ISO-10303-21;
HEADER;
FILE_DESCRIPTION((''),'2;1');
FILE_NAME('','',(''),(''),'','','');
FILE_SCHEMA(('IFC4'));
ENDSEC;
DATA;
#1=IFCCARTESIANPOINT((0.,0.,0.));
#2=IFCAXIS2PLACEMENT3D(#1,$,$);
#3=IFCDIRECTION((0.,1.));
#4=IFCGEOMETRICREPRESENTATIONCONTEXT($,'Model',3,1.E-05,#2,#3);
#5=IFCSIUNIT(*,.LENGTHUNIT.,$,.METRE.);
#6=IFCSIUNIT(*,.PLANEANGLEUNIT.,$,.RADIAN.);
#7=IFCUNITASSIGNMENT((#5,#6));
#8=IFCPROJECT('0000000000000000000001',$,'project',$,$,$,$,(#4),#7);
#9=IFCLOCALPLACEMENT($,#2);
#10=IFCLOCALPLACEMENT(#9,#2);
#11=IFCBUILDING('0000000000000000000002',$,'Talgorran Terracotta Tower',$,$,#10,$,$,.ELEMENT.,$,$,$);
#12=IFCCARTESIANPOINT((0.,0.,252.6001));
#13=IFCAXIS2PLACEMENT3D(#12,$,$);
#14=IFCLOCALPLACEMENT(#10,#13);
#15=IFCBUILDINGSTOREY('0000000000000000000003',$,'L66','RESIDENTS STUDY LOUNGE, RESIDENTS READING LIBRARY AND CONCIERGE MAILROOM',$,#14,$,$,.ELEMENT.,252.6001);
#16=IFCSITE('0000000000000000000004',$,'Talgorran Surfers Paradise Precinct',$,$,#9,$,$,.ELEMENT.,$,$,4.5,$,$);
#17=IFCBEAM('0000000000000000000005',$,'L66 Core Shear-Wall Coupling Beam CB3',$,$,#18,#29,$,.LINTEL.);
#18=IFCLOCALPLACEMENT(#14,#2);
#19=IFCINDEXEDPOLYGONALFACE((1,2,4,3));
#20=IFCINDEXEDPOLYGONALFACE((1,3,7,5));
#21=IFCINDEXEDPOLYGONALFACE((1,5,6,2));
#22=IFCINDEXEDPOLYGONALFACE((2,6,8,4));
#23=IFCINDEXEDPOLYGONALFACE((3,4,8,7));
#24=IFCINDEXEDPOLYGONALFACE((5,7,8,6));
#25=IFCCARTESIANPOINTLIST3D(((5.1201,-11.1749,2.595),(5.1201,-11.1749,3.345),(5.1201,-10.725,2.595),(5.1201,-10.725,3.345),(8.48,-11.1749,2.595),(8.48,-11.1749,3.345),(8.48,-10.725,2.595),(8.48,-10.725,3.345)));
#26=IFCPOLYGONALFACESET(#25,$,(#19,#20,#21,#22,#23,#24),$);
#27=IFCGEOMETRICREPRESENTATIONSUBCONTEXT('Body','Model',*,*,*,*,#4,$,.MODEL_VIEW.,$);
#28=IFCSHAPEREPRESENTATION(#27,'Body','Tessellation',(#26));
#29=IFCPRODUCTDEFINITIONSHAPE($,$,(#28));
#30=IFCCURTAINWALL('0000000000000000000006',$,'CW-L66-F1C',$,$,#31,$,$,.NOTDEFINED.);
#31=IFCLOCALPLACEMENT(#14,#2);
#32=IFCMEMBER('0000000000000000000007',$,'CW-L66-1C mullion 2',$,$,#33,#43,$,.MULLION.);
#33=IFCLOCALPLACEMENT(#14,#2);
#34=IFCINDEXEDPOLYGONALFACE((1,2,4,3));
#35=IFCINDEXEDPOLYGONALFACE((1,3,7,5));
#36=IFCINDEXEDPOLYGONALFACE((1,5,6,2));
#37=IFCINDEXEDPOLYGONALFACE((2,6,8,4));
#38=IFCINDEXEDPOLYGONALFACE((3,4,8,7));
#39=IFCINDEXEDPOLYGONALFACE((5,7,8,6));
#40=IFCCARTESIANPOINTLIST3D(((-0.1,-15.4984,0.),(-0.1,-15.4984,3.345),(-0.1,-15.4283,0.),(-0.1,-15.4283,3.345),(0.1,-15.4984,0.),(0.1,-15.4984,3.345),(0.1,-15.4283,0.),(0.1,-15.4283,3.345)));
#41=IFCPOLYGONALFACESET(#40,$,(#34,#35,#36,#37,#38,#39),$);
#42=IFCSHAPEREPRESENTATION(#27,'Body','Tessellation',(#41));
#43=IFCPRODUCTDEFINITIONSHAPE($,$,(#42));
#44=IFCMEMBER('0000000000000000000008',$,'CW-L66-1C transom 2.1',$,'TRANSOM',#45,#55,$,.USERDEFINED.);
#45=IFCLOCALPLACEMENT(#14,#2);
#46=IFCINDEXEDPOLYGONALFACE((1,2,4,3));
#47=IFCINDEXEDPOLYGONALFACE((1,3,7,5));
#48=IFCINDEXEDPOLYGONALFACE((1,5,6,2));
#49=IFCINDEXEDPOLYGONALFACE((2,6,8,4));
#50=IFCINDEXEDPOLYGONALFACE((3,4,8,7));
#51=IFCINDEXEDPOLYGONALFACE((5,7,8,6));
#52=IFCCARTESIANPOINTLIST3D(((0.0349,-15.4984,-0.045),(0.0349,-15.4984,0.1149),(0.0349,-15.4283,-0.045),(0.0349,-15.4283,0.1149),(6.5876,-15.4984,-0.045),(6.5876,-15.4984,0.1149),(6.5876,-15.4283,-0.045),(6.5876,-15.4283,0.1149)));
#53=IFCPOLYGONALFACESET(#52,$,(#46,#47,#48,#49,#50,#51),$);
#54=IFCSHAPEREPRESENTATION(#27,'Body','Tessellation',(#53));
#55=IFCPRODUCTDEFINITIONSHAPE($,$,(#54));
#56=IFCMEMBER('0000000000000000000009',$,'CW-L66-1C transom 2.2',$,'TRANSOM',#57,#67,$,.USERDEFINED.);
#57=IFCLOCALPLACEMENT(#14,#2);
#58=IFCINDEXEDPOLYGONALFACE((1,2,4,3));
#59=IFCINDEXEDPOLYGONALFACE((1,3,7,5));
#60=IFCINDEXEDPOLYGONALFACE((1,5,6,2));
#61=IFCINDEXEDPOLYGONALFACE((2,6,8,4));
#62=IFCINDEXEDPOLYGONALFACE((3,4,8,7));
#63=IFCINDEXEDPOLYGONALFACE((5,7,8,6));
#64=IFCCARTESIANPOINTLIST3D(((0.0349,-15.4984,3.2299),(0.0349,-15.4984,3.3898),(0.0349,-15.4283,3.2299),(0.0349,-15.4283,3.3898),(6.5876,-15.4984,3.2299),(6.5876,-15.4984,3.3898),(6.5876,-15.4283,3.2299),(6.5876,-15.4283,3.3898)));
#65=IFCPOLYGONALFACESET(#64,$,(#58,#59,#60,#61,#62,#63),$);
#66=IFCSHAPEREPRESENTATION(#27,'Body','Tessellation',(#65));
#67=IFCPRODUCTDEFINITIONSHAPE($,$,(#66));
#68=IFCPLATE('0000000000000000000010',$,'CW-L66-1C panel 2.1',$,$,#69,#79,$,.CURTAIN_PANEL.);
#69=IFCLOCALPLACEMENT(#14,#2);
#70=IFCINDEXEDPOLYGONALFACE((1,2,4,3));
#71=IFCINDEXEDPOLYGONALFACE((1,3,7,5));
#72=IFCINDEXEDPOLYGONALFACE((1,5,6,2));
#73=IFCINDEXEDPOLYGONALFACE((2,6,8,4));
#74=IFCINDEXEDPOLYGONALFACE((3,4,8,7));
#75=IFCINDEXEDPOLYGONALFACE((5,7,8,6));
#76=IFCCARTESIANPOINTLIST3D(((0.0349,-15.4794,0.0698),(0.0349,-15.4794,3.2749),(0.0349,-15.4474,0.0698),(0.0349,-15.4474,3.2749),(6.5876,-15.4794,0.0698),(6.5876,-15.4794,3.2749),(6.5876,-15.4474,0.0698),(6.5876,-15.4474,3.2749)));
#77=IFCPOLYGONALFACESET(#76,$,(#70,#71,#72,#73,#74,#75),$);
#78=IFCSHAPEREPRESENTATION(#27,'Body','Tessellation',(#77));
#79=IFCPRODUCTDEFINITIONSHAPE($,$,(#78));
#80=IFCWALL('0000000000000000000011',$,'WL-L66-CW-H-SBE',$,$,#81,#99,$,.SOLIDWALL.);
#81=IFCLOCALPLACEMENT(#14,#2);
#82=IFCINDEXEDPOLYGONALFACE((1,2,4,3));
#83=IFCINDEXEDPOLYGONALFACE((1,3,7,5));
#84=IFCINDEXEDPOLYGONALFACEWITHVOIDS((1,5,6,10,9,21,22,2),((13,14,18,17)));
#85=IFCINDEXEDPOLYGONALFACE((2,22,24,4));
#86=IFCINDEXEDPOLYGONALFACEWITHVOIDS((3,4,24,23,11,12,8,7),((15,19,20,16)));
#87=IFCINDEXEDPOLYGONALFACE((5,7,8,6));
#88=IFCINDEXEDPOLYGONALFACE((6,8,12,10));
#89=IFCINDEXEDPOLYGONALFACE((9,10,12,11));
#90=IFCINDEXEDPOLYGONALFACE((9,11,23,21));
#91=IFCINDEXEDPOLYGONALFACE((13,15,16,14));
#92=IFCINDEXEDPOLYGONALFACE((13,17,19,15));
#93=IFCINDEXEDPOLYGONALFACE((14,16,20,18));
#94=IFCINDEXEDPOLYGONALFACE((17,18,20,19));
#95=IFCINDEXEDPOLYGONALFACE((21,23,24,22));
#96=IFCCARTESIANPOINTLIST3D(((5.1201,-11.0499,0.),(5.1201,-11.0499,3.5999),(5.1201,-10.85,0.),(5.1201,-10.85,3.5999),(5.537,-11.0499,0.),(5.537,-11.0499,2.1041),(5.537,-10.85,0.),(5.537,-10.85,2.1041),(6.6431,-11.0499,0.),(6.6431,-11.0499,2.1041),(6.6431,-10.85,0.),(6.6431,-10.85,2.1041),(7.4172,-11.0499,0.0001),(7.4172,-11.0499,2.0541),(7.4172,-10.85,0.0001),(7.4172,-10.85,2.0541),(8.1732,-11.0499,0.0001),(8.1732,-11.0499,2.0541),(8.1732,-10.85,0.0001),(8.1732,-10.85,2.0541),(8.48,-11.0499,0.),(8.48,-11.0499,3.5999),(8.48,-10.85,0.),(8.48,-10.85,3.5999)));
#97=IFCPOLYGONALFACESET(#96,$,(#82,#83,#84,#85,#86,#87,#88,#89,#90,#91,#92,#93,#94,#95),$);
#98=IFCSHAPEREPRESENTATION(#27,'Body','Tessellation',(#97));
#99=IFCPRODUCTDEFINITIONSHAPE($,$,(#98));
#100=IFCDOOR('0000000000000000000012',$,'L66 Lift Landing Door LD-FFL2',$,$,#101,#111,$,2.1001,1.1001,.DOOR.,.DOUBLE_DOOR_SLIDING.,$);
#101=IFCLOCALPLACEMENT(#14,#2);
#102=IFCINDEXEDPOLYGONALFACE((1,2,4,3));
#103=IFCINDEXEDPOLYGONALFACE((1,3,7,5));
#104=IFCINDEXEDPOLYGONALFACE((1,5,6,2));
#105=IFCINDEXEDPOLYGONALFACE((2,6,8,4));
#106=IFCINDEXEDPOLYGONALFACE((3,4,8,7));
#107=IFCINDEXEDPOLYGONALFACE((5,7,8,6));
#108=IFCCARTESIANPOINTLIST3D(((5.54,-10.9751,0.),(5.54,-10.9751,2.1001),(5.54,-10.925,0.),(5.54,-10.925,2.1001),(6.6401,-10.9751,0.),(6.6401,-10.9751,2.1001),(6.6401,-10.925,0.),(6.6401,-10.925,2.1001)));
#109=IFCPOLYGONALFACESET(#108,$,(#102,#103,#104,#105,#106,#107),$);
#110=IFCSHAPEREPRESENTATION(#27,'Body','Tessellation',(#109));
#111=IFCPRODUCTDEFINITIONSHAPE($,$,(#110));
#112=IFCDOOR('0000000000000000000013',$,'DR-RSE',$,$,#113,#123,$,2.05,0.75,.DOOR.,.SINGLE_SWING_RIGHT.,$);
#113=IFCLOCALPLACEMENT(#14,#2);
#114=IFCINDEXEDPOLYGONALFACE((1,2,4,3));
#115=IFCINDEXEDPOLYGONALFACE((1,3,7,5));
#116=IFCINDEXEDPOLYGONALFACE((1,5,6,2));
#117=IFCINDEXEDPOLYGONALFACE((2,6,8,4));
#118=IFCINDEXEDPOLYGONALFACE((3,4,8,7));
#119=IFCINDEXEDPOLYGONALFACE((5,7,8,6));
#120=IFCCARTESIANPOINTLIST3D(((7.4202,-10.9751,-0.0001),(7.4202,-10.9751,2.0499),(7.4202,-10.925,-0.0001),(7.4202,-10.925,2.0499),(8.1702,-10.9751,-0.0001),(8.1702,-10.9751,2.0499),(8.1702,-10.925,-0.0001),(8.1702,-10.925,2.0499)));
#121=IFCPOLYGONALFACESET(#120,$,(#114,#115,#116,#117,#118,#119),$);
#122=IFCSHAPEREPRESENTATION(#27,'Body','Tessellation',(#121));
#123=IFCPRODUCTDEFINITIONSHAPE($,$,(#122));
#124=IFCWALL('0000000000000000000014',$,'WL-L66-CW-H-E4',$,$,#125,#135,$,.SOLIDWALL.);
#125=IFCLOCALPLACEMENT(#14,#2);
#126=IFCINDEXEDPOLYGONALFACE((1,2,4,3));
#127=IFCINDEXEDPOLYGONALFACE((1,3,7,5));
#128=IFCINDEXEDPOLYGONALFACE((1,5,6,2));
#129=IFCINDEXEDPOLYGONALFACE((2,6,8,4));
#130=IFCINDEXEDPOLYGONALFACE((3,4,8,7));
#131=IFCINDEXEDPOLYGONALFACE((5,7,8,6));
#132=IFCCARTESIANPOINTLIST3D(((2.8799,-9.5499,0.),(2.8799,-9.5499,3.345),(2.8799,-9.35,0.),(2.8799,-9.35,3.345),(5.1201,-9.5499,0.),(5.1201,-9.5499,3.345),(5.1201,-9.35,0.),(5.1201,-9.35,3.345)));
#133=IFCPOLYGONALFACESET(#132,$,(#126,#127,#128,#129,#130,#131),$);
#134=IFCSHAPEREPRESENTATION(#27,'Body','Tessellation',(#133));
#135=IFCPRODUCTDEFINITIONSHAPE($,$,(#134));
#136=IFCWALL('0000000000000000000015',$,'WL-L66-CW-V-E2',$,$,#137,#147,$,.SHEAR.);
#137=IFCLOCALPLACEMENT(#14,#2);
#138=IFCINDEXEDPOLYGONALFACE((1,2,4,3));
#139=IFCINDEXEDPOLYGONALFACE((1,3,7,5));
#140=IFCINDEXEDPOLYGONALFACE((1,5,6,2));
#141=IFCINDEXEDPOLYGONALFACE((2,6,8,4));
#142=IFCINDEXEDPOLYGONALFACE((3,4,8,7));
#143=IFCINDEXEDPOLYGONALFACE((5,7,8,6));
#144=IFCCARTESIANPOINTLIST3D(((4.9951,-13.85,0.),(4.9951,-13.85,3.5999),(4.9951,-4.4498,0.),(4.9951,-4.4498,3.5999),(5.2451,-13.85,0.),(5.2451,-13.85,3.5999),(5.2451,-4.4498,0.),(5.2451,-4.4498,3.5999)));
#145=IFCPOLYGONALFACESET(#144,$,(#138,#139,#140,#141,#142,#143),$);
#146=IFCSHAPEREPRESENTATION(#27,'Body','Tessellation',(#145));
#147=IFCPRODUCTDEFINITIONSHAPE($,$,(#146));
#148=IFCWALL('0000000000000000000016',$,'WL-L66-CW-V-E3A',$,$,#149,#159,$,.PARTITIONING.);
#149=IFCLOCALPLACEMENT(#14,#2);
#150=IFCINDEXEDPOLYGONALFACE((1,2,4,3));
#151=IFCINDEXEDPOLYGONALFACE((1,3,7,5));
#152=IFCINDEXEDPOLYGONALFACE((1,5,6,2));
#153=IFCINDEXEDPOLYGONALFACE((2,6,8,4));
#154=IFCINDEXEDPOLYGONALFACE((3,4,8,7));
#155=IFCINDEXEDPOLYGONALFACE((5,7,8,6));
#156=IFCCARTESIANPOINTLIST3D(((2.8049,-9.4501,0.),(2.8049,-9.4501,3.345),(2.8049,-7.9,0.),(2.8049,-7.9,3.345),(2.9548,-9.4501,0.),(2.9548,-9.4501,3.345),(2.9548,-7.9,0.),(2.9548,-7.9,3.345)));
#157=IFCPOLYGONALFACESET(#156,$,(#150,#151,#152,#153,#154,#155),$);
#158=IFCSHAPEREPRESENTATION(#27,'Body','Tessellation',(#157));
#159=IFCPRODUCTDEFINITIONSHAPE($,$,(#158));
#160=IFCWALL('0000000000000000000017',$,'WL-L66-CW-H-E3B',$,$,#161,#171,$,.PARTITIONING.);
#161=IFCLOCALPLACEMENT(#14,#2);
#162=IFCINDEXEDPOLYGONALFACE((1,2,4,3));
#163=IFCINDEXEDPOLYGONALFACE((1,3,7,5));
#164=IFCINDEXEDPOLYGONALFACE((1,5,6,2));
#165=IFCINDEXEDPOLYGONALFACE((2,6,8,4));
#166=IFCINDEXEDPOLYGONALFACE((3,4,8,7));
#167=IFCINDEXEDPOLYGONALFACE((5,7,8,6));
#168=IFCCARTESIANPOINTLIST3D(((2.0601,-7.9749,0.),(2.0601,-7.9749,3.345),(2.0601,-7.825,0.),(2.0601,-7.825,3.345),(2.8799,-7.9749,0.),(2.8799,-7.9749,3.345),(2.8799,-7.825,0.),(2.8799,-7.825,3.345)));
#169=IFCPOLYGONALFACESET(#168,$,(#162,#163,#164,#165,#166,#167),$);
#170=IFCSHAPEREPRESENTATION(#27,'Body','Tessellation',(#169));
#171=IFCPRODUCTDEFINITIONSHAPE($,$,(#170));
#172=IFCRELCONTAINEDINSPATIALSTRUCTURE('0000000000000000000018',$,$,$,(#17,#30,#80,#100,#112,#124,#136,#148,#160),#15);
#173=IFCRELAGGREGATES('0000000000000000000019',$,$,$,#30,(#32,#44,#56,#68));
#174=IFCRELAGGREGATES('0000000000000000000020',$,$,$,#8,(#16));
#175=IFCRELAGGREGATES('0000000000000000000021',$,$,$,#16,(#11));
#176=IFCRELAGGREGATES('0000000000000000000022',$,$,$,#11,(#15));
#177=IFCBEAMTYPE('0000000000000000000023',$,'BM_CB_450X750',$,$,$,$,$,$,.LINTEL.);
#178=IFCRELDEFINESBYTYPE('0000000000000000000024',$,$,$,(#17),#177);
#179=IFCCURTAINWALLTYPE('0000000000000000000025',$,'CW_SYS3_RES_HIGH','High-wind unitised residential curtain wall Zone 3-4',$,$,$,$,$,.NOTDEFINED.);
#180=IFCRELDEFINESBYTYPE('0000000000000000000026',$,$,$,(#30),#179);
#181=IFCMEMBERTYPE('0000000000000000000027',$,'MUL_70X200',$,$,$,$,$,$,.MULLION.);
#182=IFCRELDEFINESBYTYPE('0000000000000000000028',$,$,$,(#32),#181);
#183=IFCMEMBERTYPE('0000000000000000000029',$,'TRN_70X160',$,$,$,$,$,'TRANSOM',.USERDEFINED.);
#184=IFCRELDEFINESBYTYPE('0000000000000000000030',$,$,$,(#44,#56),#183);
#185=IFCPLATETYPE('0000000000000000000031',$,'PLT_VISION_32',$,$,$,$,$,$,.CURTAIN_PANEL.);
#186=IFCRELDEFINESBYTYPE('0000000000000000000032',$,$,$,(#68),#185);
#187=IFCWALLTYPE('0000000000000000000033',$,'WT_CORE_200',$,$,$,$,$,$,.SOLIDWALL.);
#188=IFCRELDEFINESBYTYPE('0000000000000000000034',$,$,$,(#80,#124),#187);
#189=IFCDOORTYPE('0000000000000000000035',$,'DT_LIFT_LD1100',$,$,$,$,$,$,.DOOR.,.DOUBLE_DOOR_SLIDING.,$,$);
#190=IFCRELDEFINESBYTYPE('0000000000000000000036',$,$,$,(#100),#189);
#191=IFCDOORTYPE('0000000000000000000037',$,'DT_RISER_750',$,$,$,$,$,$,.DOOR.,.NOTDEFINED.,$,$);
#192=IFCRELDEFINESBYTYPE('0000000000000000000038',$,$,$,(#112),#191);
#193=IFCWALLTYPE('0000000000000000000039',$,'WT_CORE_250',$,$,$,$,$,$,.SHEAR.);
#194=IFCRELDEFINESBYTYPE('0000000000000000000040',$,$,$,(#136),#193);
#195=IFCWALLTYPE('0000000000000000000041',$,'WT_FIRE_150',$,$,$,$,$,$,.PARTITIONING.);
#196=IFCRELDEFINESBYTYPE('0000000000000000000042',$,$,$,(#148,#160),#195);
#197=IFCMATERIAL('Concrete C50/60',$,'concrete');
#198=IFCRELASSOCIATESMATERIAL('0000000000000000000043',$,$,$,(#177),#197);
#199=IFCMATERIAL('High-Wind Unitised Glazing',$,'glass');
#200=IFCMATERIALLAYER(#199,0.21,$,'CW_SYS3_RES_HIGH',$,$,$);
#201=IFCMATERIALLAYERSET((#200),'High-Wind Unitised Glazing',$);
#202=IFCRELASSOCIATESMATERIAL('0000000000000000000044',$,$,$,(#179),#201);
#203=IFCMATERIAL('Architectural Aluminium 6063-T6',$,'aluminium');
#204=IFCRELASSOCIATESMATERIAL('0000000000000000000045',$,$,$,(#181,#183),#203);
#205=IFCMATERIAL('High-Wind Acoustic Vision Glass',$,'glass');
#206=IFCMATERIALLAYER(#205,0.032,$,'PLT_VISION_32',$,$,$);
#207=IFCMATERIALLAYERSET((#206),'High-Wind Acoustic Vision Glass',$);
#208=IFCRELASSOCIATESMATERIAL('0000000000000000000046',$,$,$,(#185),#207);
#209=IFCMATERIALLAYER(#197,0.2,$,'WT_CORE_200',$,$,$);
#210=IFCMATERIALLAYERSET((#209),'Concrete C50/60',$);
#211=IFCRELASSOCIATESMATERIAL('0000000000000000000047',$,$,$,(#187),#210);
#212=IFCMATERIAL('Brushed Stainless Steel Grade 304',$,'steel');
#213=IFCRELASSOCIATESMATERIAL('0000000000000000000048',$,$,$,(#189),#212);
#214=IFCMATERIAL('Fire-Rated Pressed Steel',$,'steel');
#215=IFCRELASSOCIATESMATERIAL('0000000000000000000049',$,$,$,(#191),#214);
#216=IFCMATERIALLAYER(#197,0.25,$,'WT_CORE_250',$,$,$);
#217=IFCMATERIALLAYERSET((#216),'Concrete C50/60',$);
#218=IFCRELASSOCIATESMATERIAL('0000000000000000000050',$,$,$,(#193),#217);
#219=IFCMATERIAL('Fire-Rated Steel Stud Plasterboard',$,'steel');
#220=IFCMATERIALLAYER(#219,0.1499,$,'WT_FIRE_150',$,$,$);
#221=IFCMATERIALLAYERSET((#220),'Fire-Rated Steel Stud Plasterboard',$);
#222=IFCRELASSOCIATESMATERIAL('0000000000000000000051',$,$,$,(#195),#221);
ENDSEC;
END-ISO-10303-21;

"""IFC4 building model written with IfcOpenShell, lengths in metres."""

from ifc_helpers import new_model, si_unit, direction, frame, frame_2d, origin, origin_2d, place, context, subcontext, project, spatial, rectangle, extrude, source, transform, mapped, material, layer, layer_set, material_profile, profile_set, type_object, type_shapes, element, fill, aggregate, save


model = new_model("IFC4")

# Units and contexts
model_context = context("Model", 3, precision=1e-05, world=origin(), true_north=direction((0.0, 1.0)))
body_context = subcontext(model_context, "Body", "Model", "MODEL_VIEW")
ifc_project = project(units=[si_unit("LENGTHUNIT", "METRE"), si_unit("PLANEANGLEUNIT", "RADIAN")], contexts=[model_context])

# Site, building, storey
site_placement = place(None, origin())
site = spatial("IfcSite", under=ifc_project, at=site_placement, Name="Talgorran Surfers Paradise Precinct", CompositionType="ELEMENT", RefElevation=4.5)
building_placement = place(site_placement, origin())
building = spatial("IfcBuilding", under=site, at=building_placement, Name="Talgorran Terracotta Tower", CompositionType="ELEMENT")
storey_placement = place(building_placement, frame((0.0, 0.0, 252.6001)))
storey = spatial("IfcBuildingStorey", under=building, at=storey_placement, Name="L66", Description="RESIDENTS STUDY LOUNGE, RESIDENTS READING LIBRARY AND CONCIERGE MAILROOM", CompositionType="ELEMENT", Elevation=252.6001)

# Beam
ifc_material_1 = material(Name="Concrete C50/60", Category="concrete")
ifc_material_profile_1 = material_profile(ifc_material_1, rectangle(XDim=0.45, YDim=0.75, at=origin_2d()), Name="RCCB450X750")
ifc_profile_set_1 = profile_set([ifc_material_profile_1], Name="Concrete C50/60")
beam_type = type_object("IfcBeamType", Name="BM_CB_450X750", PredefinedType="LINTEL", material=ifc_profile_set_1)
beam_placement = place(storey_placement, frame((5.1201, -10.95, 2.97), z_axis=(1.0, 0.0, 0.0), x_axis=(0.0, 1.0, 0.0)))
element("IfcBeam", 1, at=beam_placement, inside=storey, type_object=beam_type, Name="L66 Core Shear-Wall Coupling Beam CB3", PredefinedType="LINTEL", context=body_context, shape_type="SweptSolid", body=[
    extrude(rectangle(XDim=0.45, YDim=0.75, at=origin_2d()), origin(), (0.0, 0.0, 1.0), 3.3599),
])

# Curtain wall, members, plate
ifc_material_2 = material(Name="High-Wind Unitised Glazing", Category="glass")
ifc_layer_1 = layer(ifc_material_2, 0.21, Name="CW_SYS3_RES_HIGH")
ifc_layer_set_1 = layer_set([ifc_layer_1], Name="High-Wind Unitised Glazing")
curtain_wall_type = type_object("IfcCurtainWallType", Name="CW_SYS3_RES_HIGH", Description="High-wind unitised residential curtain wall Zone 3-4", PredefinedType="NOTDEFINED", material=ifc_layer_set_1)
curtain_wall_placement = place(storey_placement, origin())
curtain_wall = element("IfcCurtainWall", 2, at=curtain_wall_placement, inside=storey, type_object=curtain_wall_type, Name="CW-L66-F1C", PredefinedType="NOTDEFINED")
ifc_material_3 = material(Name="Architectural Aluminium 6063-T6", Category="aluminium")
ifc_material_profile_2 = material_profile(ifc_material_3, rectangle(XDim=0.0701, YDim=0.2, at=origin_2d()), Name="CWM70X200")
ifc_profile_set_2 = profile_set([ifc_material_profile_2], Name="Architectural Aluminium 6063-T6")
member_type_1 = type_object("IfcMemberType", Name="MUL_70X200", PredefinedType="MULLION", material=ifc_profile_set_2)
member_1_placement = place(storey_placement, frame((0.0, -15.4634, 0.0), z_axis=(0.0, 0.0, 1.0), x_axis=(0.0, 1.0, 0.0)))
member_1 = element("IfcMember", 3, at=member_1_placement, type_object=member_type_1, Name="CW-L66-1C mullion 2", PredefinedType="MULLION", context=body_context, shape_type="SweptSolid", body=[
    extrude(rectangle(XDim=0.0701, YDim=0.2, at=origin_2d()), origin(), (0.0, 0.0, 1.0), 3.345),
])
ifc_material_profile_3 = material_profile(ifc_material_3, rectangle(XDim=0.0701, YDim=0.1599, at=origin_2d()), Name="CWT70X160")
ifc_profile_set_3 = profile_set([ifc_material_profile_3], Name="Architectural Aluminium 6063-T6")
member_type_2 = type_object("IfcMemberType", Name="TRN_70X160", ElementType="TRANSOM", PredefinedType="USERDEFINED", material=ifc_profile_set_3)
member_2_placement = place(storey_placement, frame((0.0349, -15.4634, 0.0349), z_axis=(1.0, 0.0, 0.0), x_axis=(0.0, 1.0, 0.0)))
member_2 = element("IfcMember", 4, at=member_2_placement, type_object=member_type_2, Name="CW-L66-1C transom 2.1", ObjectType="TRANSOM", PredefinedType="USERDEFINED", context=body_context, shape_type="SweptSolid", body=[
    extrude(rectangle(XDim=0.0701, YDim=0.1599, at=origin_2d()), origin(), (0.0, 0.0, 1.0), 6.5527),
])
member_3_placement = place(storey_placement, frame((0.0349, -15.4634, 3.3098), z_axis=(1.0, 0.0, 0.0), x_axis=(0.0, 1.0, 0.0)))
member_3 = element("IfcMember", 5, at=member_3_placement, type_object=member_type_2, Name="CW-L66-1C transom 2.2", ObjectType="TRANSOM", PredefinedType="USERDEFINED", context=body_context, shape_type="SweptSolid", body=[
    extrude(rectangle(XDim=0.0701, YDim=0.1599, at=origin_2d()), origin(), (0.0, 0.0, 1.0), 6.5527),
])
ifc_material_4 = material(Name="High-Wind Acoustic Vision Glass", Category="glass")
ifc_layer_2 = layer(ifc_material_4, 0.032, Name="PLT_VISION_32")
ifc_layer_set_2 = layer_set([ifc_layer_2], Name="High-Wind Acoustic Vision Glass")
plate_type = type_object("IfcPlateType", Name="PLT_VISION_32", PredefinedType="CURTAIN_PANEL", material=ifc_layer_set_2)
shared_shape = source(origin(), body_context, "Body", "SweptSolid", [
    extrude(rectangle(XDim=6.5527, YDim=0.032, at=origin_2d()), origin(), (0.0, 0.0, 1.0), 3.2051),
])
type_shapes(plate_type, [shared_shape])
plate_placement = place(storey_placement, frame((3.3113, -15.4634, 0.0698), z_axis=(0.0, 0.0, 1.0), x_axis=(1.0, 0.0, 0.0)))
plate = element("IfcPlate", 6, at=plate_placement, type_object=plate_type, Name="CW-L66-1C panel 2.1", PredefinedType="CURTAIN_PANEL", context=body_context, shape_type="MappedRepresentation", body=[
    mapped(shared_shape, transform((0.0, 0.0, 0.0), scale=1.0)),
])
aggregate(curtain_wall, [member_1, member_2, member_3, plate])

# Wall, openings, doors
ifc_layer_3 = layer(ifc_material_1, 0.2, Name="WT_CORE_200")
ifc_layer_set_3 = layer_set([ifc_layer_3], Name="Concrete C50/60")
wall_type_1 = type_object("IfcWallType", Name="WT_CORE_200", PredefinedType="SOLIDWALL", material=ifc_layer_set_3)
wall_1_placement = place(storey_placement, frame((5.1201, -10.95, 0.0), z_axis=(0.0, 0.0, 1.0), x_axis=(1.0, 0.0, 0.0)))
wall_1 = element("IfcWall", 7, at=wall_1_placement, inside=storey, type_object=wall_type_1, Name="WL-L66-CW-H-SBE", PredefinedType="SOLIDWALL", context=body_context, shape_type="SweptSolid", body=[
    extrude(rectangle(XDim=3.3599, YDim=0.2, at=frame_2d((1.6799, 0.0))), origin(), (0.0, 0.0, 1.0), 3.5999),
])
opening_1_placement = place(wall_1_placement, frame((0.4199, 0.0, 0.0)))
opening_1 = element("IfcOpeningElement", 8, at=opening_1_placement, cuts=wall_1, PredefinedType="OPENING", context=body_context, shape_type="SweptSolid", body=[
    extrude(rectangle(XDim=1.1061, YDim=2.1041, at=frame_2d((0.55, 1.052))), frame((0.0, 0.1099, 0.0), z_axis=(0.0, -1.0, 0.0), x_axis=(1.0, 0.0, 0.0)), (0.0, 0.0, 1.0), 0.22),
])
opening_2_placement = place(wall_1_placement, frame((2.3, 0.0, 0.0)))
opening_2 = element("IfcOpeningElement", 9, at=opening_2_placement, cuts=wall_1, PredefinedType="OPENING", context=body_context, shape_type="SweptSolid", body=[
    extrude(rectangle(XDim=0.756, YDim=2.054, at=frame_2d((0.375, 1.0271))), frame((0.0, 0.1099, 0.0), z_axis=(0.0, -1.0, 0.0), x_axis=(1.0, 0.0, 0.0)), (0.0, 0.0, 1.0), 0.22),
])
ifc_material_5 = material(Name="Brushed Stainless Steel Grade 304", Category="steel")
door_type_1 = type_object("IfcDoorType", Name="DT_LIFT_LD1100", OperationType="DOUBLE_DOOR_SLIDING", PredefinedType="DOOR", material=ifc_material_5)
door_1_placement = place(opening_1_placement, origin())
door_1 = element("IfcDoor", 10, at=door_1_placement, inside=storey, type_object=door_type_1, Name="L66 Lift Landing Door LD-FFL2", OperationType="DOUBLE_DOOR_SLIDING", OverallHeight=2.1001, OverallWidth=1.1001, PredefinedType="DOOR", context=body_context, shape_type="SweptSolid", body=[
    extrude(rectangle(XDim=1.1001, YDim=2.1001, at=frame_2d((0.55, 1.05))), frame((0.0, 0.0249, 0.0), z_axis=(0.0, -1.0, 0.0), x_axis=(1.0, 0.0, 0.0)), (0.0, 0.0, 1.0), 0.05),
])
fill(opening_1, door_1)
ifc_material_6 = material(Name="Fire-Rated Pressed Steel", Category="steel")
door_type_2 = type_object("IfcDoorType", Name="DT_RISER_750", OperationType="NOTDEFINED", PredefinedType="DOOR", material=ifc_material_6)
door_2_placement = place(opening_2_placement, origin())
door_2 = element("IfcDoor", 11, at=door_2_placement, inside=storey, type_object=door_type_2, Name="DR-RSE", OperationType="SINGLE_SWING_RIGHT", OverallHeight=2.05, OverallWidth=0.75, PredefinedType="DOOR", context=body_context, shape_type="SweptSolid", body=[
    extrude(rectangle(XDim=0.75, YDim=2.05, at=frame_2d((0.375, 1.0249))), frame((0.0, 0.0249, 0.0), z_axis=(0.0, -1.0, 0.0), x_axis=(1.0, 0.0, 0.0)), (0.0, 0.0, 1.0), 0.05),
])
fill(opening_2, door_2)

# Walls
wall_2_placement = place(storey_placement, frame((2.8799, -9.45, 0.0), z_axis=(0.0, 0.0, 1.0), x_axis=(1.0, 0.0, 0.0)))
element("IfcWall", 12, at=wall_2_placement, inside=storey, type_object=wall_type_1, Name="WL-L66-CW-H-E4", PredefinedType="SOLIDWALL", context=body_context, shape_type="SweptSolid", body=[
    extrude(rectangle(XDim=2.2402, YDim=0.2, at=frame_2d((1.1201, 0.0))), origin(), (0.0, 0.0, 1.0), 3.345),
])
ifc_layer_4 = layer(ifc_material_1, 0.25, Name="WT_CORE_250")
ifc_layer_set_4 = layer_set([ifc_layer_4], Name="Concrete C50/60")
wall_type_2 = type_object("IfcWallType", Name="WT_CORE_250", PredefinedType="SHEAR", material=ifc_layer_set_4)
wall_3_placement = place(storey_placement, frame((5.1201, -13.8501, 0.0), z_axis=(0.0, 0.0, 1.0), x_axis=(0.0, 1.0, 0.0)))
element("IfcWall", 13, at=wall_3_placement, inside=storey, type_object=wall_type_2, Name="WL-L66-CW-V-E2", PredefinedType="SHEAR", context=body_context, shape_type="SweptSolid", body=[
    extrude(rectangle(XDim=9.4001, YDim=0.25, at=frame_2d((4.7002, 0.0))), origin(), (0.0, 0.0, 1.0), 3.5999),
])
ifc_material_7 = material(Name="Fire-Rated Steel Stud Plasterboard", Category="steel")
ifc_layer_5 = layer(ifc_material_7, 0.1499, Name="WT_FIRE_150")
ifc_layer_set_5 = layer_set([ifc_layer_5], Name="Fire-Rated Steel Stud Plasterboard")
wall_type_3 = type_object("IfcWallType", Name="WT_FIRE_150", PredefinedType="PARTITIONING", material=ifc_layer_set_5)
wall_4_placement = place(storey_placement, frame((2.8799, -9.45, 0.0), z_axis=(0.0, 0.0, 1.0), x_axis=(0.0, 1.0, 0.0)))
element("IfcWall", 14, at=wall_4_placement, inside=storey, type_object=wall_type_3, Name="WL-L66-CW-V-E3A", PredefinedType="PARTITIONING", context=body_context, shape_type="SweptSolid", body=[
    extrude(rectangle(XDim=1.55, YDim=0.1499, at=frame_2d((0.7749, 0.0))), origin(), (0.0, 0.0, 1.0), 3.345),
])
wall_5_placement = place(storey_placement, frame((2.0601, -7.8999, 0.0), z_axis=(0.0, 0.0, 1.0), x_axis=(1.0, 0.0, 0.0)))
element("IfcWall", 15, at=wall_5_placement, inside=storey, type_object=wall_type_3, Name="WL-L66-CW-H-E3B", PredefinedType="PARTITIONING", context=body_context, shape_type="SweptSolid", body=[
    extrude(rectangle(XDim=0.8198, YDim=0.1499, at=frame_2d((0.4099, 0.0))), origin(), (0.0, 0.0, 1.0), 3.345),
])

save(model, "model.ifc")
